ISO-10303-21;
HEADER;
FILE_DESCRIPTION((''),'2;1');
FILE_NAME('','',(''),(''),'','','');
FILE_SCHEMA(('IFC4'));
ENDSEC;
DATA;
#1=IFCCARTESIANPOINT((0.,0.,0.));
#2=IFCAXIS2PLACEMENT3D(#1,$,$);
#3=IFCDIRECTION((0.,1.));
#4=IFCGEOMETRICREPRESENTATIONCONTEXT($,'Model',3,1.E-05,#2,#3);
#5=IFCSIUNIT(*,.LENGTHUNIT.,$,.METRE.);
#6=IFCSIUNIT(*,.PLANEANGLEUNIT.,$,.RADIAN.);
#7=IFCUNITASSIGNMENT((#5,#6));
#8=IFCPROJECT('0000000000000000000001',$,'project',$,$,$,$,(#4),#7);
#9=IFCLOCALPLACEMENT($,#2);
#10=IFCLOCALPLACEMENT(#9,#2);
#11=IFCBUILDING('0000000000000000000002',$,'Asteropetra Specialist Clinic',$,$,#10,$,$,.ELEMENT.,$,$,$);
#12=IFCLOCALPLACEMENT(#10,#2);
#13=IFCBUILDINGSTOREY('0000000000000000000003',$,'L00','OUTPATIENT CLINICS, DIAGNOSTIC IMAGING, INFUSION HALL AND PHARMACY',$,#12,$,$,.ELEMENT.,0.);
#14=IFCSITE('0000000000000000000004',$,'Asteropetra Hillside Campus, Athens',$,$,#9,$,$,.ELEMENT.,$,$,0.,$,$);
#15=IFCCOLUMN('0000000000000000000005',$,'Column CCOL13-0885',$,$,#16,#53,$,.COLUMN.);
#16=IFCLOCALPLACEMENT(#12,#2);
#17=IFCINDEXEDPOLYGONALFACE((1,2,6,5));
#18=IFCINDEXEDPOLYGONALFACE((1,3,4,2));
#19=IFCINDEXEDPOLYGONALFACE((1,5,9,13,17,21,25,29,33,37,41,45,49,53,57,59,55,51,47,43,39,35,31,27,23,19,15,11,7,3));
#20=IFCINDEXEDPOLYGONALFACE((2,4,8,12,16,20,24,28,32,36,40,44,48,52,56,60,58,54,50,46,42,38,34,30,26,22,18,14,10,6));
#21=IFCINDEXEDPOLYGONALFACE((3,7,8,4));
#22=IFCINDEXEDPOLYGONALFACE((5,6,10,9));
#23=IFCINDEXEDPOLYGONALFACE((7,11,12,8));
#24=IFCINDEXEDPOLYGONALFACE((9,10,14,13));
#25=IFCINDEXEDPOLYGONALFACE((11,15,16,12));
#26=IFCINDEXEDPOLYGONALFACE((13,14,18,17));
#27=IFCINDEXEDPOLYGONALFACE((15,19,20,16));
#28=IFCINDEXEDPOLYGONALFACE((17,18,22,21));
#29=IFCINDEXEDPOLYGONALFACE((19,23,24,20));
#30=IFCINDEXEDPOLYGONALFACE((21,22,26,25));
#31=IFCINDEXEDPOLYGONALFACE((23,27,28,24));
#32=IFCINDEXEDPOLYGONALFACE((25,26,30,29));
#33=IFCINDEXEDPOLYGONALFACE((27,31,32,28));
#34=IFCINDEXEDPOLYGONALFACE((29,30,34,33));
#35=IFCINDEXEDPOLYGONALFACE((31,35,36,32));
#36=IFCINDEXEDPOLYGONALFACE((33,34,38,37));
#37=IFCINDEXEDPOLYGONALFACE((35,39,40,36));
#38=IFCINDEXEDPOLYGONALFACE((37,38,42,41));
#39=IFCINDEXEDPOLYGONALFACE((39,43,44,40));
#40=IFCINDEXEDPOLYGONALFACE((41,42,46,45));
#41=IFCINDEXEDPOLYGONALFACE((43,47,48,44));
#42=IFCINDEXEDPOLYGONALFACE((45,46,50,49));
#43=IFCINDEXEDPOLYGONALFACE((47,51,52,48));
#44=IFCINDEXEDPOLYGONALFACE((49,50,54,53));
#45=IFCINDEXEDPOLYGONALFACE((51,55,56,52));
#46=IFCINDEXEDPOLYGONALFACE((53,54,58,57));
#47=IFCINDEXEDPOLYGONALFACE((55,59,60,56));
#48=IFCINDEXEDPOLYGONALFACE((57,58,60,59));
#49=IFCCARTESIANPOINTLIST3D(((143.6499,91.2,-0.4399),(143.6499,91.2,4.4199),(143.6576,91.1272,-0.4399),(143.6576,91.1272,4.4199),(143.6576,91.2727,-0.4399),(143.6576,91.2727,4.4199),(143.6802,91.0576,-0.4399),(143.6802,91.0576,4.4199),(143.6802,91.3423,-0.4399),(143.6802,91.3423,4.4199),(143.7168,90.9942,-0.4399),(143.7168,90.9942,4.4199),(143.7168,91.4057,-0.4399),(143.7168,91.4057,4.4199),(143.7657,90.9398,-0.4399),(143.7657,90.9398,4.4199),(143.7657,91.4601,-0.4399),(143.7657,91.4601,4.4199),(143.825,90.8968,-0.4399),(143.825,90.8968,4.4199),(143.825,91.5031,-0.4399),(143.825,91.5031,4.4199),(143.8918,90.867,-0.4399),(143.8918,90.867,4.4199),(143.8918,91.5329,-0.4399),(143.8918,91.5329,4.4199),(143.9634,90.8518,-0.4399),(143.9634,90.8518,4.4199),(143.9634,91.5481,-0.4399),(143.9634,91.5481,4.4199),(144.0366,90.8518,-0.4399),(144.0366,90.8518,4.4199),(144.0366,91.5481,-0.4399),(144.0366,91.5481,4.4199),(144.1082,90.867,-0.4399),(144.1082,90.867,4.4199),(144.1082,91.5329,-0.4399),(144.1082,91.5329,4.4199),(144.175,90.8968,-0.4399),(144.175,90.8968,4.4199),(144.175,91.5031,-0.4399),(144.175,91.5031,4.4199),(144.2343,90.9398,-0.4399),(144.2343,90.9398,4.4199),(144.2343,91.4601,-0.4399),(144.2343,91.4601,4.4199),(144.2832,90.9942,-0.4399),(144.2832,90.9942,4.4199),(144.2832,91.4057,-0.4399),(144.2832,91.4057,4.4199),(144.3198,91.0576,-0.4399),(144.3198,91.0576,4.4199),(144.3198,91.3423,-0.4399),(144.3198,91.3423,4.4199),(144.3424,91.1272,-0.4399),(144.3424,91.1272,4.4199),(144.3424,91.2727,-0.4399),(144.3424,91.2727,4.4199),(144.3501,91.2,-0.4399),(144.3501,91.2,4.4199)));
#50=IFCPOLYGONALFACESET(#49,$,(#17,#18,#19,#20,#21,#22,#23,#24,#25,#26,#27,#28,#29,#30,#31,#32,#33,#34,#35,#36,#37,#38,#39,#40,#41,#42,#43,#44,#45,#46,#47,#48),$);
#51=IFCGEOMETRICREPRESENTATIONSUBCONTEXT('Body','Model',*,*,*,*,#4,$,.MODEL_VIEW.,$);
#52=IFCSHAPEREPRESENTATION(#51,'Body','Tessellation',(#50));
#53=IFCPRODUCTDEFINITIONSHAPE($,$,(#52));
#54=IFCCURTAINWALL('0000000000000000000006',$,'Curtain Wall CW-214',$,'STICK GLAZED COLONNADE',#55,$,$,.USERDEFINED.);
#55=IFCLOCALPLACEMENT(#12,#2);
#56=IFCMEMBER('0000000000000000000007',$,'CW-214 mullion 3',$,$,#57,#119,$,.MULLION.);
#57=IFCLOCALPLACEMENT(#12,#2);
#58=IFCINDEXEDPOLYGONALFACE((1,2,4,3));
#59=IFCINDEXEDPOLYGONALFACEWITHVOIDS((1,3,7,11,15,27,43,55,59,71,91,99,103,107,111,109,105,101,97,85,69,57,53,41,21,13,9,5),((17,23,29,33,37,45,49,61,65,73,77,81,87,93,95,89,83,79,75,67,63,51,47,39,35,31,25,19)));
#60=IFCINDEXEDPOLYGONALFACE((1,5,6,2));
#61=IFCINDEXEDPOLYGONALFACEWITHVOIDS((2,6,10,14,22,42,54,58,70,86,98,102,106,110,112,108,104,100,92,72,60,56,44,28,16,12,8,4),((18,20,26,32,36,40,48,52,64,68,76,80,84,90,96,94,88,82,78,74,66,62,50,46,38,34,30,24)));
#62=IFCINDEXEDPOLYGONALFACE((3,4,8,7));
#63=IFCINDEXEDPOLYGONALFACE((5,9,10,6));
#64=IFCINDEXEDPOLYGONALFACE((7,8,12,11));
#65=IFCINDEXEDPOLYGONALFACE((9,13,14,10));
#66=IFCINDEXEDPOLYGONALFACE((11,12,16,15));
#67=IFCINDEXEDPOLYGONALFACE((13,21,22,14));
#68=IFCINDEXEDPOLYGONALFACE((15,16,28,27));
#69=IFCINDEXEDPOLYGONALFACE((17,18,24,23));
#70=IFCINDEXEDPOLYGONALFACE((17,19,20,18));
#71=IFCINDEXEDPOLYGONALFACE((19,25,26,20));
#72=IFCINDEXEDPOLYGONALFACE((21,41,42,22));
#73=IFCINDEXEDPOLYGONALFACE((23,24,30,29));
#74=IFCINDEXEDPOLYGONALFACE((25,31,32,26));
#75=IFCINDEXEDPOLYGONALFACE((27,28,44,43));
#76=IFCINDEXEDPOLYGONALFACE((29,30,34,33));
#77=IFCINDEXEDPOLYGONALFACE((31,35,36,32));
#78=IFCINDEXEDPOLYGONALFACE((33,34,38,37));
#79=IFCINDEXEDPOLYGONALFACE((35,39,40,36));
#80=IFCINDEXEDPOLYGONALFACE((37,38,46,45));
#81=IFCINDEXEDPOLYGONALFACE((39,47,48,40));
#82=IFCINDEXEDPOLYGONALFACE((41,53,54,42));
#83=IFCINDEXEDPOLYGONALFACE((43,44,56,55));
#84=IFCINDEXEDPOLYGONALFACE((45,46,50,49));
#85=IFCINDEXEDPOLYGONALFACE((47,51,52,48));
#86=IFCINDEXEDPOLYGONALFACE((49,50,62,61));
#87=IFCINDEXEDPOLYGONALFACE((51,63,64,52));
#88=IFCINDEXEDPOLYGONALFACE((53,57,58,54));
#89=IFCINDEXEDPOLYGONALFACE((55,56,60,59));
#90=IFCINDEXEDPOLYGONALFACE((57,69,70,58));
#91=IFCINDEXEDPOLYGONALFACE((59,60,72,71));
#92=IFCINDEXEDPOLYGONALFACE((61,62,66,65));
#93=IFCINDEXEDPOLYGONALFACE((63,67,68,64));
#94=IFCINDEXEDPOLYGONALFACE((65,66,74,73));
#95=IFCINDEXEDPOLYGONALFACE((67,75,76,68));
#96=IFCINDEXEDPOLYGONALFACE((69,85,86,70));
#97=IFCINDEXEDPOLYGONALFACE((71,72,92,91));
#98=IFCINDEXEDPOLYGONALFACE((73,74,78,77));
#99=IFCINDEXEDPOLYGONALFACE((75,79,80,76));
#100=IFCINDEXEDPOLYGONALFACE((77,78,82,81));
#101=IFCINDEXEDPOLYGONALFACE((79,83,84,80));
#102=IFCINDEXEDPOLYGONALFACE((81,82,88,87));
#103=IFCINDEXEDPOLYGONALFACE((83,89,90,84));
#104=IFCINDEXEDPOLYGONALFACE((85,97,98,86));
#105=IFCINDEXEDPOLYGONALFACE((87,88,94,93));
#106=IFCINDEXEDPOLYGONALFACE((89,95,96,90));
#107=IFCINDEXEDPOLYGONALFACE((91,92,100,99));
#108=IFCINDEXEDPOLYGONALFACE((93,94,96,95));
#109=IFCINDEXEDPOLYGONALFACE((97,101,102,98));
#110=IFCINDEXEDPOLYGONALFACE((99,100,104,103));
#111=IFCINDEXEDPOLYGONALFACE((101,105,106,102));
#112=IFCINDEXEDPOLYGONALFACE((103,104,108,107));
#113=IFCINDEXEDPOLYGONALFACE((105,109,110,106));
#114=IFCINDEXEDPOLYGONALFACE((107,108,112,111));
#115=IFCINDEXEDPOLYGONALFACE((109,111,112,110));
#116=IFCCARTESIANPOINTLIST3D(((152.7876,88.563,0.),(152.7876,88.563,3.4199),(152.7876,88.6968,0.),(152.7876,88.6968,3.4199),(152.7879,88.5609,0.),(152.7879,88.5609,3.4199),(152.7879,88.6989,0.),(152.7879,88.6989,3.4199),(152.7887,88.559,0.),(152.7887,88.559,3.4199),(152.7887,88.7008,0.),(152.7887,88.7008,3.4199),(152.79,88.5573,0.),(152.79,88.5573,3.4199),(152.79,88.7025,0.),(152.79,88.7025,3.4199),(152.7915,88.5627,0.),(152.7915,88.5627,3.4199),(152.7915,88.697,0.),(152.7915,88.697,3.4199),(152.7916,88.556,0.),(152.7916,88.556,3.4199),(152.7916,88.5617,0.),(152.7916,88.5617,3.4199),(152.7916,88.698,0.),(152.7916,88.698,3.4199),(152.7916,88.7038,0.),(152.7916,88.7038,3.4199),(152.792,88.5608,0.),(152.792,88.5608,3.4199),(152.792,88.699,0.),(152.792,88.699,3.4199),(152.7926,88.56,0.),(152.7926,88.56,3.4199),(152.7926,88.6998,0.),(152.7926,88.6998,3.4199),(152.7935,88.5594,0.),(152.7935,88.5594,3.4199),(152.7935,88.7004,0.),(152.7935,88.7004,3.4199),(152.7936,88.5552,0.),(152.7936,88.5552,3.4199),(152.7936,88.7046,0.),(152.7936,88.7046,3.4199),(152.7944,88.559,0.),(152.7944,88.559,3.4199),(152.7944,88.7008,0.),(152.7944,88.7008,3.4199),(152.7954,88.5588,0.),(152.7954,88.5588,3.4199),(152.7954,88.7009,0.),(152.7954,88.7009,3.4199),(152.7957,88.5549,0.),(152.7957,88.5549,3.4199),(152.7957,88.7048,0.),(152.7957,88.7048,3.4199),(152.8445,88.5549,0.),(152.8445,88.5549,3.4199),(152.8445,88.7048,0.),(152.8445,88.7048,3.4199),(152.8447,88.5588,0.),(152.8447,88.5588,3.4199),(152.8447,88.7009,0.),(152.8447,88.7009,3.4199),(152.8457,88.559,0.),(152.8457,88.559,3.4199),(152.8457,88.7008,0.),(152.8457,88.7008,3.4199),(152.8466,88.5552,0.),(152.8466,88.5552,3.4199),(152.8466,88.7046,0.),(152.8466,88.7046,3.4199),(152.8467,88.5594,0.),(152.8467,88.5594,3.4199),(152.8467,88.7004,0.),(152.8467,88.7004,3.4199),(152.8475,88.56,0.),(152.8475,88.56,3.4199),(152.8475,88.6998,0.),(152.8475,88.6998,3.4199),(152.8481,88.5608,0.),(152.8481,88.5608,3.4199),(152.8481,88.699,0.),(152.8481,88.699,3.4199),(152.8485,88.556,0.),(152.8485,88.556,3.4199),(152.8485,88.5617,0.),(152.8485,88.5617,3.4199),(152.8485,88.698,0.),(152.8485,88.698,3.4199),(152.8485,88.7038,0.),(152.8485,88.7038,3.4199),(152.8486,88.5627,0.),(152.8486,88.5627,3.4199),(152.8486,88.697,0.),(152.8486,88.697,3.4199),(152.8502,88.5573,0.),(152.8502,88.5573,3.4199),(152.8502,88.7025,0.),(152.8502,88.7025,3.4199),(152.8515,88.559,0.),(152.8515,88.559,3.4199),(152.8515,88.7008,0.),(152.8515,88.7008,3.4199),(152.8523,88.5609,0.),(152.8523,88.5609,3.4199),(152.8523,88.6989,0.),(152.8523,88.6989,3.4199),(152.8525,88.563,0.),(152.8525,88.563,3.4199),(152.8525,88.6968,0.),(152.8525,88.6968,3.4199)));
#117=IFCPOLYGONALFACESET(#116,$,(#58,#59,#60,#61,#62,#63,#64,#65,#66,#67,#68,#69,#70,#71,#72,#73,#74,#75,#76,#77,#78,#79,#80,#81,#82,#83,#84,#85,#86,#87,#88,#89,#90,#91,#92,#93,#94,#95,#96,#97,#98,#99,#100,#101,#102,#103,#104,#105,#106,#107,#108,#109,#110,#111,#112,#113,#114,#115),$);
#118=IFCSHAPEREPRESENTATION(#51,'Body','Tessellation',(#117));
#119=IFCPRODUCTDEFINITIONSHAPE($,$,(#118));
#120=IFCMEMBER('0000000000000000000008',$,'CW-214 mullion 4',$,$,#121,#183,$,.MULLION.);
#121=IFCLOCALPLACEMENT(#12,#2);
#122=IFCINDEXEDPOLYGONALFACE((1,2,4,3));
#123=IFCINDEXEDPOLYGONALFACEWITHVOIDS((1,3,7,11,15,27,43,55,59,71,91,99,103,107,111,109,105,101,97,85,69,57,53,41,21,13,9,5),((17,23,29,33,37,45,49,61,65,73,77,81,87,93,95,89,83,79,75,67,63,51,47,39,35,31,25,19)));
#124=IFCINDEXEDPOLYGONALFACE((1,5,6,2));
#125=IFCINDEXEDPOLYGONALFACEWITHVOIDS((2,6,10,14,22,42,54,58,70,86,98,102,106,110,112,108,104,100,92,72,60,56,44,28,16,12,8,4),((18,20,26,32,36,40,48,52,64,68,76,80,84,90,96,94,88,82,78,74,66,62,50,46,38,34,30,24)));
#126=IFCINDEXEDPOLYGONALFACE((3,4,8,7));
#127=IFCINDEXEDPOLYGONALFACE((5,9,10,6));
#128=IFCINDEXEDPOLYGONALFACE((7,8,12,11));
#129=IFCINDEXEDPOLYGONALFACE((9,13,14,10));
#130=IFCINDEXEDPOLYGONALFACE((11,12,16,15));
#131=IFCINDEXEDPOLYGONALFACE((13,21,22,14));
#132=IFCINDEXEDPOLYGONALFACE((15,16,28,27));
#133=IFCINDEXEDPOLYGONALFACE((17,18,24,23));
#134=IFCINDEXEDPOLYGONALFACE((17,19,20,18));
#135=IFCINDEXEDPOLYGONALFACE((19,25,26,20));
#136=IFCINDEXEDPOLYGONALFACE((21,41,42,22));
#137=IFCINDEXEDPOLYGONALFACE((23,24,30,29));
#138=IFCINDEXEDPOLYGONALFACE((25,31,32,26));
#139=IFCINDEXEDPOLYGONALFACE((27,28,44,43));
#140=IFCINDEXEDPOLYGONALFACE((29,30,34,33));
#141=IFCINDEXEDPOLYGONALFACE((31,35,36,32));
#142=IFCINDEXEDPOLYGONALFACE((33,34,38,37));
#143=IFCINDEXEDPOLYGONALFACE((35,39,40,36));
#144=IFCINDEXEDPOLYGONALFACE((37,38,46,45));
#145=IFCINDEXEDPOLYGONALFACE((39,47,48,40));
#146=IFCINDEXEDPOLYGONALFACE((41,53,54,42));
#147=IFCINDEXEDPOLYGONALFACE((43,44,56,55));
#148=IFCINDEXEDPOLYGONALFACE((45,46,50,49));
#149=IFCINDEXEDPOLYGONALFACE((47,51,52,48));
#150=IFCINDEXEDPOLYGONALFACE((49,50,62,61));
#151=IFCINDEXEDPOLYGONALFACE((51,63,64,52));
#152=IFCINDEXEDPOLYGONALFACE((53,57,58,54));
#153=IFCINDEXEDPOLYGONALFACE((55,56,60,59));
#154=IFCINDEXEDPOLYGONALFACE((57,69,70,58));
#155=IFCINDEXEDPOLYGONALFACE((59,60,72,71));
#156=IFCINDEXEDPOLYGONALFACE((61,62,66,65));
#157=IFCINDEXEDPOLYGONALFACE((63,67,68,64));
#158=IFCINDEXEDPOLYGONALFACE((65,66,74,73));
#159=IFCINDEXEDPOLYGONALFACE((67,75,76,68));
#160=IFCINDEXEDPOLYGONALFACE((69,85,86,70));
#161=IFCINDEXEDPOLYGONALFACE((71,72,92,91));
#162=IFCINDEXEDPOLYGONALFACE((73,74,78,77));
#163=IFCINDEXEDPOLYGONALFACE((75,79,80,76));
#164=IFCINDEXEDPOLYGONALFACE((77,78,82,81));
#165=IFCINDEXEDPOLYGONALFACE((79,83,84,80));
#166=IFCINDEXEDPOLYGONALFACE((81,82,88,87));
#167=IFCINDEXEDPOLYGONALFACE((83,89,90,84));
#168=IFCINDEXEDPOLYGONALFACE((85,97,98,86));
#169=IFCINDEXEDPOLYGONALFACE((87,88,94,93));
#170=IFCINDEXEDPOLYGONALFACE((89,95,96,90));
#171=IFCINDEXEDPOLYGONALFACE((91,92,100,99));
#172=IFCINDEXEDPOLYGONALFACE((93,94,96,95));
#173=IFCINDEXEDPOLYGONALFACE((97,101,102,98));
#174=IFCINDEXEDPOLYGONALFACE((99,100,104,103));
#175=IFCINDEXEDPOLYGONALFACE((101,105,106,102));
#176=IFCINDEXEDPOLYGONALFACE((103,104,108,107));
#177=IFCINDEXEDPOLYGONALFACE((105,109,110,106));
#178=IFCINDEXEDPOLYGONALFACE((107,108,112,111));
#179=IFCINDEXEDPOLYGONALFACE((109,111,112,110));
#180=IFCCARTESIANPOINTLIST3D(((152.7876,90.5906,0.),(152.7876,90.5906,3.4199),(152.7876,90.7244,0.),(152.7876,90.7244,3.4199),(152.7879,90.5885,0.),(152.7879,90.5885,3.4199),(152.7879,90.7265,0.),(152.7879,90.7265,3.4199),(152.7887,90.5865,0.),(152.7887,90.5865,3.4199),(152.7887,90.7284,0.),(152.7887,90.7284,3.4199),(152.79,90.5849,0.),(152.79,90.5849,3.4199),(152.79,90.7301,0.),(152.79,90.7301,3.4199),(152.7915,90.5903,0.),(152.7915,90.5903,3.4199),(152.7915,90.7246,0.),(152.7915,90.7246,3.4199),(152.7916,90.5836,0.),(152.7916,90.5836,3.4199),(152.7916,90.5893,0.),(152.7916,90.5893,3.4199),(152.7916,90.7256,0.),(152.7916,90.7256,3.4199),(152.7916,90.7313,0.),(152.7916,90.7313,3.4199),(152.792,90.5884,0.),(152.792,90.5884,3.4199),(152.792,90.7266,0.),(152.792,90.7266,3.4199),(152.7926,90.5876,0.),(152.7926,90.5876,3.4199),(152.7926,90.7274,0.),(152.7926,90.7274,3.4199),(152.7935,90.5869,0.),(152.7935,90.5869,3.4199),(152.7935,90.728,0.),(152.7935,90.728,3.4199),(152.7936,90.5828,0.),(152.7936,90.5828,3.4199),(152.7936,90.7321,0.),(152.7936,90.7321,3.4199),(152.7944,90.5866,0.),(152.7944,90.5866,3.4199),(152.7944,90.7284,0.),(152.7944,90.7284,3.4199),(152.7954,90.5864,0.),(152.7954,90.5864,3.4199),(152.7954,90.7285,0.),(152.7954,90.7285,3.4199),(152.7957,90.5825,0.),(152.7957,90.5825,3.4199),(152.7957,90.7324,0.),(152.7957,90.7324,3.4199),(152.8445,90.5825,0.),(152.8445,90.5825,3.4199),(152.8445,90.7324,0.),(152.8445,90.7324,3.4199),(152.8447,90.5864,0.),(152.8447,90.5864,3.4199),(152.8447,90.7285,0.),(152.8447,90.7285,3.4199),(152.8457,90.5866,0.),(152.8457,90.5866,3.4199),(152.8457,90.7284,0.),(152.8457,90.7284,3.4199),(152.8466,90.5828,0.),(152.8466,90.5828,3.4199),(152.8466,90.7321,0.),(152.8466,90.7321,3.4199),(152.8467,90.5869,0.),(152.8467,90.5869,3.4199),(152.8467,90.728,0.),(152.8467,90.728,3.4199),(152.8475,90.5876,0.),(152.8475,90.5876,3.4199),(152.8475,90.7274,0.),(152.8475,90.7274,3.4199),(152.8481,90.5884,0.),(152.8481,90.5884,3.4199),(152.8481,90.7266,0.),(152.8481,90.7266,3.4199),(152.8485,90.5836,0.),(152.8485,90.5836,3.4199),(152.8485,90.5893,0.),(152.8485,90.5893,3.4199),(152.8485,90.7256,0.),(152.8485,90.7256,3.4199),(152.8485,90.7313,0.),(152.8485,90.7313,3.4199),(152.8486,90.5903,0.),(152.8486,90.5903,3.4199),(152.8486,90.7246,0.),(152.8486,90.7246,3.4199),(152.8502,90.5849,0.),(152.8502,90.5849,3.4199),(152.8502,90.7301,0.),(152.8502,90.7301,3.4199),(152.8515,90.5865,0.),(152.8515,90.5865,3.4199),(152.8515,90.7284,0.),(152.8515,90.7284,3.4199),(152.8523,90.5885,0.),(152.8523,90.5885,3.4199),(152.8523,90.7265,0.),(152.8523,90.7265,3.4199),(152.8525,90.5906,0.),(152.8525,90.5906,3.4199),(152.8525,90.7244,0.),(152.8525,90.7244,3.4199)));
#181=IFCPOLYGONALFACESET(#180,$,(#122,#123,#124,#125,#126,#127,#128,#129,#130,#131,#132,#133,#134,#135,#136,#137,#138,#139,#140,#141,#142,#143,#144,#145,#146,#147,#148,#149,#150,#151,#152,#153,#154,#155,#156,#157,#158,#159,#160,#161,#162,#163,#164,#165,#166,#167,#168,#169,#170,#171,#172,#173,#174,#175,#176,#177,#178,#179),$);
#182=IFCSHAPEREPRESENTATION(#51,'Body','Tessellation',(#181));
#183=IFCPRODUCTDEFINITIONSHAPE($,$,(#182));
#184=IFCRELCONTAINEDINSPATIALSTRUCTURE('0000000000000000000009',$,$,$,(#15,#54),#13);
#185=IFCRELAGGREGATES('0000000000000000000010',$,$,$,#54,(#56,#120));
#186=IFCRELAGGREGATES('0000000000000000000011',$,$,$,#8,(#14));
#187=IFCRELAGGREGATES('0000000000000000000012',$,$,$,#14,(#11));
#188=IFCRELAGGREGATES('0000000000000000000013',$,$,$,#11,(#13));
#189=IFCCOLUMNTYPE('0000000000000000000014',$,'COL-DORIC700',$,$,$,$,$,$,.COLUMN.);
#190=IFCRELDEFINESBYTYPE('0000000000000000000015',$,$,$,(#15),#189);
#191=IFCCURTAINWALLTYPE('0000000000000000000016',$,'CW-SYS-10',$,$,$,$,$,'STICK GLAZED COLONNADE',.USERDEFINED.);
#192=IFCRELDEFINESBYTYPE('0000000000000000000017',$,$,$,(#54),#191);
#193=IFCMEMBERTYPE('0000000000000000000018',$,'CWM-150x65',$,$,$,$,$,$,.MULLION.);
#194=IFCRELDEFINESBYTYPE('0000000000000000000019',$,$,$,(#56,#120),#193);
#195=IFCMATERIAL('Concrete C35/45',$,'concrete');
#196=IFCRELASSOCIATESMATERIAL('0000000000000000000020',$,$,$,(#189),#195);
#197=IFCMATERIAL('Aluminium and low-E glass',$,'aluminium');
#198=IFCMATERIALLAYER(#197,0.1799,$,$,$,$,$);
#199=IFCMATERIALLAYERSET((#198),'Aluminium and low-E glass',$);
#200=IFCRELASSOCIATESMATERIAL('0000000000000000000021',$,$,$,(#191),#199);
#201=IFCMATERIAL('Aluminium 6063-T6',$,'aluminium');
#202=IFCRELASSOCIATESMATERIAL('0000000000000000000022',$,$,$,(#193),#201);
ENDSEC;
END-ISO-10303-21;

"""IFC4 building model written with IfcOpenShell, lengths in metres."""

from ifc_helpers import new_model, si_unit, direction, frame, origin, origin_2d, place, context, subcontext, project, spatial, hollow_rectangle, circle, extrude, material, layer, layer_set, material_profile, profile_set, type_object, element, aggregate, save


model = new_model("IFC4")

# Units and contexts
model_context = context("Model", 3, precision=1e-05, world=origin(), true_north=direction((0.0, 1.0)))
body_context = subcontext(model_context, "Body", "Model", "MODEL_VIEW")
ifc_project = project(units=[si_unit("LENGTHUNIT", "METRE"), si_unit("PLANEANGLEUNIT", "RADIAN")], contexts=[model_context])

# Site, building, storey
site_placement = place(None, origin())
site = spatial("IfcSite", under=ifc_project, at=site_placement, Name="Asteropetra Hillside Campus, Athens", CompositionType="ELEMENT", RefElevation=0.0)
building_placement = place(site_placement, origin())
building = spatial("IfcBuilding", under=site, at=building_placement, Name="Asteropetra Specialist Clinic", CompositionType="ELEMENT")
storey_placement = place(building_placement, origin())
storey = spatial("IfcBuildingStorey", under=building, at=storey_placement, Name="L00", Description="OUTPATIENT CLINICS, DIAGNOSTIC IMAGING, INFUSION HALL AND PHARMACY", CompositionType="ELEMENT", Elevation=0.0)

# Column
ifc_material_1 = material(Name="Concrete C35/45", Category="concrete")
ifc_material_profile_1 = material_profile(ifc_material_1, circle(Radius=0.3501, at=origin_2d()), Name="RCC D700")
ifc_profile_set_1 = profile_set([ifc_material_profile_1], Name="Concrete C35/45")
column_type = type_object("IfcColumnType", Name="COL-DORIC700", PredefinedType="COLUMN", material=ifc_profile_set_1)
column_placement = place(storey_placement, frame((144.0, 91.2, -0.4399), z_axis=(0.0, 0.0, 1.0), x_axis=(1.0, 0.0, 0.0)))
element("IfcColumn", 1, at=column_placement, inside=storey, type_object=column_type, Name="Column CCOL13-0885", PredefinedType="COLUMN", context=body_context, shape_type="SweptSolid", body=[
    extrude(circle(Radius=0.3501, at=origin_2d()), origin(), (0.0, 0.0, 1.0), 4.8599),
])

# Curtain wall, members
ifc_material_2 = material(Name="Aluminium and low-E glass", Category="aluminium")
ifc_layer_1 = layer(ifc_material_2, 0.1799)
ifc_layer_set_1 = layer_set([ifc_layer_1], Name="Aluminium and low-E glass")
curtain_wall_type = type_object("IfcCurtainWallType", Name="CW-SYS-10", ElementType="STICK GLAZED COLONNADE", PredefinedType="USERDEFINED", material=ifc_layer_set_1)
curtain_wall_placement = place(storey_placement, origin())
curtain_wall = element("IfcCurtainWall", 2, at=curtain_wall_placement, inside=storey, type_object=curtain_wall_type, Name="Curtain Wall CW-214", ObjectType="STICK GLAZED COLONNADE", PredefinedType="USERDEFINED")
ifc_material_3 = material(Name="Aluminium 6063-T6", Category="aluminium")
ifc_material_profile_2 = material_profile(ifc_material_3, hollow_rectangle(XDim=0.0649, YDim=0.1499, WallThickness=0.0039, InnerFilletRadius=0.0039, OuterFilletRadius=0.0081, at=origin_2d()), Name="MUL 150x65x4.0")
ifc_profile_set_2 = profile_set([ifc_material_profile_2], Name="Aluminium 6063-T6")
member_type_1 = type_object("IfcMemberType", Name="CWM-150x65", PredefinedType="MULLION", material=ifc_profile_set_2)
member_1_placement = place(storey_placement, frame((152.8201, 88.6299, 0.0), z_axis=(0.0, 0.0, 1.0), x_axis=(-1.0, 0.0, 0.0)))
member_1 = element("IfcMember", 3, at=member_1_placement, type_object=member_type_1, Name="CW-214 mullion 3", PredefinedType="MULLION", context=body_context, shape_type="SweptSolid", body=[
    extrude(hollow_rectangle(XDim=0.0649, YDim=0.1499, WallThickness=0.0039, InnerFilletRadius=0.0039, OuterFilletRadius=0.0081, at=origin_2d()), origin(), (0.0, 0.0, 1.0), 3.4199),
])
member_2_placement = place(storey_placement, frame((152.8201, 90.6575, 0.0), z_axis=(0.0, 0.0, 1.0), x_axis=(-1.0, 0.0, 0.0)))
member_2 = element("IfcMember", 4, at=member_2_placement, type_object=member_type_1, Name="CW-214 mullion 4", PredefinedType="MULLION", context=body_context, shape_type="SweptSolid", body=[
    extrude(hollow_rectangle(XDim=0.0649, YDim=0.1499, WallThickness=0.0039, InnerFilletRadius=0.0039, OuterFilletRadius=0.0081, at=origin_2d()), origin(), (0.0, 0.0, 1.0), 3.4199),
])
aggregate(curtain_wall, [member_1, member_2])

save(model, "model.ifc")
